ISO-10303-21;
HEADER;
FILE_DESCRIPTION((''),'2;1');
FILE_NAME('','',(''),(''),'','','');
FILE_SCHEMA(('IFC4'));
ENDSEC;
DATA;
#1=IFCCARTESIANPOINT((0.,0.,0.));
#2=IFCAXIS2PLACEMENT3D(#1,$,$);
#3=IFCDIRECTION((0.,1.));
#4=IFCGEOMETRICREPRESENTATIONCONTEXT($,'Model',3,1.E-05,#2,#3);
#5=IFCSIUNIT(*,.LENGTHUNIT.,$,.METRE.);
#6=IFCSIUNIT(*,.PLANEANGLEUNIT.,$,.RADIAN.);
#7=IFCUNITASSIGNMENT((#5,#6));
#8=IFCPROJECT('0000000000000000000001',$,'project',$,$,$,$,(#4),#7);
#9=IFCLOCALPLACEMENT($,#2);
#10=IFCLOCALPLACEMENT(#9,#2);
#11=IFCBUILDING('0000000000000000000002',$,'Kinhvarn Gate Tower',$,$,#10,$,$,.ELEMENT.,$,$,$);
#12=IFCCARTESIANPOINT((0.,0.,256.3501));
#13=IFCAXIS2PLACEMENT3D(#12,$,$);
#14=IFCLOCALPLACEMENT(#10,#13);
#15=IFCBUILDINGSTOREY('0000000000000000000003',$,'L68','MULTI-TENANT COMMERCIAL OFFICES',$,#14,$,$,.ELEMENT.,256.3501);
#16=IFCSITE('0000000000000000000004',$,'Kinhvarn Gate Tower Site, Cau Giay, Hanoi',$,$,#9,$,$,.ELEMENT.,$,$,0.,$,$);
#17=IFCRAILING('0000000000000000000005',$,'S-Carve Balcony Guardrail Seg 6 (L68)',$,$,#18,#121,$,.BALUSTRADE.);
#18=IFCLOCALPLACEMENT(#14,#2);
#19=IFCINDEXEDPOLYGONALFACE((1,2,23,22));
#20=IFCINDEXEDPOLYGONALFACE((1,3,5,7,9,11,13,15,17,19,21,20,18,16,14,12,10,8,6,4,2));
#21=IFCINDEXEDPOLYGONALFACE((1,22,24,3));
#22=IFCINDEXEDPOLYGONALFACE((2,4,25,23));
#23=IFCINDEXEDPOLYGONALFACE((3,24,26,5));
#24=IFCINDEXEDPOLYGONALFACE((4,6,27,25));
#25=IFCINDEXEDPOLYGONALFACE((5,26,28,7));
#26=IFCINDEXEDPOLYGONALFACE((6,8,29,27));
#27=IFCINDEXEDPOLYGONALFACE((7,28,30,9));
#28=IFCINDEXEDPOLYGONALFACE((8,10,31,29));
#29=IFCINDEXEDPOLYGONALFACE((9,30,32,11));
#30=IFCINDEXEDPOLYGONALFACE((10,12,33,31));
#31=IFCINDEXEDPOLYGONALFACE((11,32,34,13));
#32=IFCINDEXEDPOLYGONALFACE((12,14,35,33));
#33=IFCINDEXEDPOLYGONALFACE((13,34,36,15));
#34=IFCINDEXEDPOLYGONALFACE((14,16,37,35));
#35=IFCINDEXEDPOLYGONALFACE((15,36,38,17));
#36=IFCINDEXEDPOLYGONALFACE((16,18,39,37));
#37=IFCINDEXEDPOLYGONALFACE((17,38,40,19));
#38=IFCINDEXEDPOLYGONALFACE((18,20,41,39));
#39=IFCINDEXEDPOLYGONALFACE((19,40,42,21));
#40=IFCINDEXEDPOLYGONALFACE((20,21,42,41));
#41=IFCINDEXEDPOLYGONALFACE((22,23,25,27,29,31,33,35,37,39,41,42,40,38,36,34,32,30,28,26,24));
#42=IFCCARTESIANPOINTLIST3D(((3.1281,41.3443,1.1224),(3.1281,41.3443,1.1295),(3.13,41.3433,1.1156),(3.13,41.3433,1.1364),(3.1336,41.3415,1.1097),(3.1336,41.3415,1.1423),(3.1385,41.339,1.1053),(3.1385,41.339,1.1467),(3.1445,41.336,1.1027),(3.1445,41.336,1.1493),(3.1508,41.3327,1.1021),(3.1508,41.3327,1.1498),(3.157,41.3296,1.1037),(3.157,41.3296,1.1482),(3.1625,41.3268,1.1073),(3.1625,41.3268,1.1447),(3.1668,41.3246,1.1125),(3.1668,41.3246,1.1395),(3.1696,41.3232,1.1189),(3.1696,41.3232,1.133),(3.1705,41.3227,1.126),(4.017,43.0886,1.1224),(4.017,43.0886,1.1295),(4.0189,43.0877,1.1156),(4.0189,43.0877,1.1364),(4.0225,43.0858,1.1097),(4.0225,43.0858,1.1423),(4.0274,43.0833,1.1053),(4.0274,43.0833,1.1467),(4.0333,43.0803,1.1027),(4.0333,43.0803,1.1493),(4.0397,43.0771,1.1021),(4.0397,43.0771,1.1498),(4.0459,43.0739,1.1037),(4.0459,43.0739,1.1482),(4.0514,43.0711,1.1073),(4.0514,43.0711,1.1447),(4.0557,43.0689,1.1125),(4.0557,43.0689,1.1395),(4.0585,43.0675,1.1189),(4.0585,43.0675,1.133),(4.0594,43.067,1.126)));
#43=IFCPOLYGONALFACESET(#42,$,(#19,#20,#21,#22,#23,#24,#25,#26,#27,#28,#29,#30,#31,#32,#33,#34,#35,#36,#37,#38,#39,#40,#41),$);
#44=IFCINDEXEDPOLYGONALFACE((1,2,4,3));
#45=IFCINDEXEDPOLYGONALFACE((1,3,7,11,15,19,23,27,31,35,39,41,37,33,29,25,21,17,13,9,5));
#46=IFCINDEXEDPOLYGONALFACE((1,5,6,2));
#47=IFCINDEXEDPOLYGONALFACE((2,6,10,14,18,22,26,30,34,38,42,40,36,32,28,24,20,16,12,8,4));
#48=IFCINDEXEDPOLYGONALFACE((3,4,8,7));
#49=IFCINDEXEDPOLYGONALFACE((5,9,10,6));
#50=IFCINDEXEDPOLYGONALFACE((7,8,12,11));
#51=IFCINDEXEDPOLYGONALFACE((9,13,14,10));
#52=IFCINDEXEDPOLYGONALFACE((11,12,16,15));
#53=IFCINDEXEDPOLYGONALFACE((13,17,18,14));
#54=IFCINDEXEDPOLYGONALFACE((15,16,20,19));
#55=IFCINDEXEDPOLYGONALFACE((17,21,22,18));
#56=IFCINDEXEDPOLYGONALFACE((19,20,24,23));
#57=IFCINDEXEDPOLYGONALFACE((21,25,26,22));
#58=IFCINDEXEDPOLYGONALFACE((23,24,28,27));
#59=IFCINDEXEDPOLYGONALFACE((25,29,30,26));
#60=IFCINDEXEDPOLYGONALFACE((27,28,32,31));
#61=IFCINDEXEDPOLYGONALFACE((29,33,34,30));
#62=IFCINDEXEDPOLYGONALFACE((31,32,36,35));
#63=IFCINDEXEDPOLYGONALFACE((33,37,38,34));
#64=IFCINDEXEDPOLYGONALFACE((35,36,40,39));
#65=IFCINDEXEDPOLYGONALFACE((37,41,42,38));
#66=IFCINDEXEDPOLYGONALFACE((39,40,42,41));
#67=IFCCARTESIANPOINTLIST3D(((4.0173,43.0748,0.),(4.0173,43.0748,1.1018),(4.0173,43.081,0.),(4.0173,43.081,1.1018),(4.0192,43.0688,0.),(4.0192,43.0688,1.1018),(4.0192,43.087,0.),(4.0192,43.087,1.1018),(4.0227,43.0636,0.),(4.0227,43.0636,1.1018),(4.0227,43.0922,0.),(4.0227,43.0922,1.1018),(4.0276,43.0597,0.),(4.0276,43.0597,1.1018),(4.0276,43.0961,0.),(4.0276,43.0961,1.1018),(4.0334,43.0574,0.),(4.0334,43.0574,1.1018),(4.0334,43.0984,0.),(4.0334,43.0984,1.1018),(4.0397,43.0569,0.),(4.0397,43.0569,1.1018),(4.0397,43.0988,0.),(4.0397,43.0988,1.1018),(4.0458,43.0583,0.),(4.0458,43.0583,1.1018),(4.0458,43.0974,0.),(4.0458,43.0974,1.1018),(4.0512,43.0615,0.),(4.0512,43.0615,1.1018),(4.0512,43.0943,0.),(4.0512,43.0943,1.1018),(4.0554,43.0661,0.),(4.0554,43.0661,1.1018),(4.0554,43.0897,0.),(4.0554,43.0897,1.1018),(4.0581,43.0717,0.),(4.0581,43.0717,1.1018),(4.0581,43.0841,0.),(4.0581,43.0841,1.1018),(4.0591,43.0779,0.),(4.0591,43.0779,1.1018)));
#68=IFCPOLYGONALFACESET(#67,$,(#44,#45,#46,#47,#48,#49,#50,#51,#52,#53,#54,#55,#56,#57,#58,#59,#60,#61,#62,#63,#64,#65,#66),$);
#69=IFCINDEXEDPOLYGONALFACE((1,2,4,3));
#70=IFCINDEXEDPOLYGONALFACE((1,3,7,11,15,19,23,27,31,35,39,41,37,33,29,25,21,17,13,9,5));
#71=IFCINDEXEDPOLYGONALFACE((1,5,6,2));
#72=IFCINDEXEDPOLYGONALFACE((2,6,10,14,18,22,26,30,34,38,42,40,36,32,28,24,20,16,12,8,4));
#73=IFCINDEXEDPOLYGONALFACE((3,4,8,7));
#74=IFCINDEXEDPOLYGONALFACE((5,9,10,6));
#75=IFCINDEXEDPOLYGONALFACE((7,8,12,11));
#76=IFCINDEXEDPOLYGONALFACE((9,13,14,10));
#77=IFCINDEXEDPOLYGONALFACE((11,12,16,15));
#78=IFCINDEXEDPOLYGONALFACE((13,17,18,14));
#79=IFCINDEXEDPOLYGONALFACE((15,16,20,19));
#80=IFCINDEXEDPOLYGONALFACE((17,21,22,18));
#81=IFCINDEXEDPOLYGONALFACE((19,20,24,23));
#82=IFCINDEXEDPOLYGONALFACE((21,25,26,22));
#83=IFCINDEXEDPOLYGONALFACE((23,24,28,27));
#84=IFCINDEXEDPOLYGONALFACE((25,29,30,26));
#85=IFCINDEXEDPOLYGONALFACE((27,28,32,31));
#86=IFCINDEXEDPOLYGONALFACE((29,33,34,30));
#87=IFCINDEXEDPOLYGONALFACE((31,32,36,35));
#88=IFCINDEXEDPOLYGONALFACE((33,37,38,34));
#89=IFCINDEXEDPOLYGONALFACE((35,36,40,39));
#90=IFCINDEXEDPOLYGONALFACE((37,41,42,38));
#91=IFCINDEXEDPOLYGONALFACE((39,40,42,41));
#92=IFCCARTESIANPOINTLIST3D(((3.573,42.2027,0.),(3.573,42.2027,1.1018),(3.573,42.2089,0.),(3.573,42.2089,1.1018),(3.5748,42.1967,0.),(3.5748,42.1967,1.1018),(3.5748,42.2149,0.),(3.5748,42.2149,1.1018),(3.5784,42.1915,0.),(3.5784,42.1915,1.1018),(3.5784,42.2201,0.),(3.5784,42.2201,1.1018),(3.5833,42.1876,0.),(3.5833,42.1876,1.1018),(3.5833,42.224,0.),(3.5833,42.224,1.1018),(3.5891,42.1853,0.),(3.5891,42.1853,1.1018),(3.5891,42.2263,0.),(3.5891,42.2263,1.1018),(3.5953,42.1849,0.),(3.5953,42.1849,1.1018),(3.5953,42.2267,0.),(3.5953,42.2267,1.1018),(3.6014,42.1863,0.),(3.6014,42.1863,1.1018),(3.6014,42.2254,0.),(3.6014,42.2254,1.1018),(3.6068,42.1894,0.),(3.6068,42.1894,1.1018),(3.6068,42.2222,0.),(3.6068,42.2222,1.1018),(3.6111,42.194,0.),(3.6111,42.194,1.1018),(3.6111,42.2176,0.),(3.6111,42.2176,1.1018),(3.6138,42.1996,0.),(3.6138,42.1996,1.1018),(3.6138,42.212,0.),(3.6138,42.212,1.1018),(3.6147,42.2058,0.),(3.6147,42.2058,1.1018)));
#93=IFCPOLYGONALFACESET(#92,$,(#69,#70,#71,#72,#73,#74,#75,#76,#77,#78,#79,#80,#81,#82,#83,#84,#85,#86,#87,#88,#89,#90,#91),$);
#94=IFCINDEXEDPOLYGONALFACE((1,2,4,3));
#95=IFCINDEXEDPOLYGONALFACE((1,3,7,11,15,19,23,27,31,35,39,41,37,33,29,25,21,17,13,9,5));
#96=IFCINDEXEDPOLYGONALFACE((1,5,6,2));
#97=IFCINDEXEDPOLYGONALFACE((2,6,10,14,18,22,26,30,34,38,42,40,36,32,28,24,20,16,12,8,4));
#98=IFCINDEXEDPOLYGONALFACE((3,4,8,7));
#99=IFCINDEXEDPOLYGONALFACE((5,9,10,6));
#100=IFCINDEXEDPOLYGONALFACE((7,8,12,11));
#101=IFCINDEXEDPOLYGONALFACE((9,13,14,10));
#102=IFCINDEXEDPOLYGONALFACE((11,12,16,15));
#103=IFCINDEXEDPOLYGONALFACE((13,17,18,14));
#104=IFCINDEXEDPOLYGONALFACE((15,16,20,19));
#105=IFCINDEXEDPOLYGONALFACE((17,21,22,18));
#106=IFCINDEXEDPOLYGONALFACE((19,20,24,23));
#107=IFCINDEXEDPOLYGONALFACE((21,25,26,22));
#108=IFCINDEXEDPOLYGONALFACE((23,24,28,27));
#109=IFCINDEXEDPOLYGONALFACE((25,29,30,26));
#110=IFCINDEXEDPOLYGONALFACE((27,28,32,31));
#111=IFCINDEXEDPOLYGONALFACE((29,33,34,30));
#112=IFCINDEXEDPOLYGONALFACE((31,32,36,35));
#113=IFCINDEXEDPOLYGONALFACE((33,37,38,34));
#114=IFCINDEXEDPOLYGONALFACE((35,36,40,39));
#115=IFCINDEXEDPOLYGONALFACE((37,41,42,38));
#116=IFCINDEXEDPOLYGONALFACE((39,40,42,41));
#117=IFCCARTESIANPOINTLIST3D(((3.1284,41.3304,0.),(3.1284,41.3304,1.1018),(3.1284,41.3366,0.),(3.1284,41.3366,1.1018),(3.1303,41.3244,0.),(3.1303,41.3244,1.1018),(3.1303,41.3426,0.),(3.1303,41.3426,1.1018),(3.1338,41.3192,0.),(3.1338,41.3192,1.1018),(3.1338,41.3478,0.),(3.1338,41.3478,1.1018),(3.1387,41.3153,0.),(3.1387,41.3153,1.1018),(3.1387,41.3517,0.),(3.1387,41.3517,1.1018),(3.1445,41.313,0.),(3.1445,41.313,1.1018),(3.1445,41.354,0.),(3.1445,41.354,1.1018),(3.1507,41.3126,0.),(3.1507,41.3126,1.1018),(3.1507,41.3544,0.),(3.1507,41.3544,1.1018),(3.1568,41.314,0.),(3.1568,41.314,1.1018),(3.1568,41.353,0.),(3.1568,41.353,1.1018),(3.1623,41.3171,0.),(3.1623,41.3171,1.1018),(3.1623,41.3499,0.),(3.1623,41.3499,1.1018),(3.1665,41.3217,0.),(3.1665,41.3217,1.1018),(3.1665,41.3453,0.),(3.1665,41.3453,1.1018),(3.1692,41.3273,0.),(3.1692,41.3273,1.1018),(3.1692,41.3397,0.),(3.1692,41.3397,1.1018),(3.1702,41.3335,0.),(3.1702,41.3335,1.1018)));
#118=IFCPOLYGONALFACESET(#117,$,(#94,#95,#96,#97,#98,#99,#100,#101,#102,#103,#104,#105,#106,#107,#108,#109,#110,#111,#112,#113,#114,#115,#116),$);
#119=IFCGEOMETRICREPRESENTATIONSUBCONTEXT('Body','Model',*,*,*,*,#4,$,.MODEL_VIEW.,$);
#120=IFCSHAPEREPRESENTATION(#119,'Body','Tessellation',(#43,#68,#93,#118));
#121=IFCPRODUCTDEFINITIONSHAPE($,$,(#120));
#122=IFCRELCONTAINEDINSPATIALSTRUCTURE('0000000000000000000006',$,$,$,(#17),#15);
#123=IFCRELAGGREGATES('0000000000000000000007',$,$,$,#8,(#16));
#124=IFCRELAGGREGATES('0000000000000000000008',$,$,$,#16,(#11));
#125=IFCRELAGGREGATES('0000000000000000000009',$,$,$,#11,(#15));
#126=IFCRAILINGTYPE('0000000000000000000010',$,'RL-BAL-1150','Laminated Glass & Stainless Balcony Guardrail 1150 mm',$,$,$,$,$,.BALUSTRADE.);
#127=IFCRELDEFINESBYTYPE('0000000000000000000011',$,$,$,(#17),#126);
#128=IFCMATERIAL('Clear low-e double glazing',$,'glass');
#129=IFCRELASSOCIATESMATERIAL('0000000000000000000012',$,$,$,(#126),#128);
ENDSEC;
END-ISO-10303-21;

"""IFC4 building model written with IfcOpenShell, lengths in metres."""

from ifc_helpers import new_model, si_unit, direction, frame, origin, origin_2d, place, context, subcontext, project, spatial, circle, extrude, material, type_object, element, save


model = new_model("IFC4")

# Units and contexts
model_context = context("Model", 3, precision=1e-05, world=origin(), true_north=direction((0.0, 1.0)))
body_context = subcontext(model_context, "Body", "Model", "MODEL_VIEW")
ifc_project = project(units=[si_unit("LENGTHUNIT", "METRE"), si_unit("PLANEANGLEUNIT", "RADIAN")], contexts=[model_context])

# Site, building, storey
site_placement = place(None, origin())
site = spatial("IfcSite", under=ifc_project, at=site_placement, Name="Kinhvarn Gate Tower Site, Cau Giay, Hanoi", CompositionType="ELEMENT", RefElevation=0.0)
building_placement = place(site_placement, origin())
building = spatial("IfcBuilding", under=site, at=building_placement, Name="Kinhvarn Gate Tower", CompositionType="ELEMENT")
storey_placement = place(building_placement, frame((0.0, 0.0, 256.3501)))
storey = spatial("IfcBuildingStorey", under=building, at=storey_placement, Name="L68", Description="MULTI-TENANT COMMERCIAL OFFICES", CompositionType="ELEMENT", Elevation=256.3501)

# Shared definitions
ifc_material_1 = material(Name="Clear low-e double glazing", Category="glass")

# Railing
railing_type = type_object("IfcRailingType", Name="RL-BAL-1150", Description="Laminated Glass & Stainless Balcony Guardrail 1150 mm", PredefinedType="BALUSTRADE", material=ifc_material_1)
railing_1_placement = place(storey_placement, frame((4.0381, 43.0779, 0.0)))
element("IfcRailing", 1, at=railing_1_placement, inside=storey, type_object=railing_type, Name="S-Carve Balcony Guardrail Seg 6 (L68)", PredefinedType="BALUSTRADE", context=body_context, shape_type="SweptSolid", body=[
    extrude(circle(Radius=0.0239, at=origin_2d()), frame((0.0, 0.0, 1.126), z_axis=(-0.454034, -0.890984, 0.0), x_axis=(0.890984, -0.454034, 0.0)), (0.0, 0.0, 1.0), 1.9578),
    extrude(circle(Radius=0.021, at=origin_2d()), origin(), (0.0, 0.0, 1.0), 1.1018),
    extrude(circle(Radius=0.021, at=origin_2d()), frame((-0.4443, -0.8721, 0.0)), (0.0, 0.0, 1.0), 1.1018),
    extrude(circle(Radius=0.021, at=origin_2d()), frame((-0.8889, -1.7444, 0.0)), (0.0, 0.0, 1.0), 1.1018),
])

save(model, "model.ifc")
